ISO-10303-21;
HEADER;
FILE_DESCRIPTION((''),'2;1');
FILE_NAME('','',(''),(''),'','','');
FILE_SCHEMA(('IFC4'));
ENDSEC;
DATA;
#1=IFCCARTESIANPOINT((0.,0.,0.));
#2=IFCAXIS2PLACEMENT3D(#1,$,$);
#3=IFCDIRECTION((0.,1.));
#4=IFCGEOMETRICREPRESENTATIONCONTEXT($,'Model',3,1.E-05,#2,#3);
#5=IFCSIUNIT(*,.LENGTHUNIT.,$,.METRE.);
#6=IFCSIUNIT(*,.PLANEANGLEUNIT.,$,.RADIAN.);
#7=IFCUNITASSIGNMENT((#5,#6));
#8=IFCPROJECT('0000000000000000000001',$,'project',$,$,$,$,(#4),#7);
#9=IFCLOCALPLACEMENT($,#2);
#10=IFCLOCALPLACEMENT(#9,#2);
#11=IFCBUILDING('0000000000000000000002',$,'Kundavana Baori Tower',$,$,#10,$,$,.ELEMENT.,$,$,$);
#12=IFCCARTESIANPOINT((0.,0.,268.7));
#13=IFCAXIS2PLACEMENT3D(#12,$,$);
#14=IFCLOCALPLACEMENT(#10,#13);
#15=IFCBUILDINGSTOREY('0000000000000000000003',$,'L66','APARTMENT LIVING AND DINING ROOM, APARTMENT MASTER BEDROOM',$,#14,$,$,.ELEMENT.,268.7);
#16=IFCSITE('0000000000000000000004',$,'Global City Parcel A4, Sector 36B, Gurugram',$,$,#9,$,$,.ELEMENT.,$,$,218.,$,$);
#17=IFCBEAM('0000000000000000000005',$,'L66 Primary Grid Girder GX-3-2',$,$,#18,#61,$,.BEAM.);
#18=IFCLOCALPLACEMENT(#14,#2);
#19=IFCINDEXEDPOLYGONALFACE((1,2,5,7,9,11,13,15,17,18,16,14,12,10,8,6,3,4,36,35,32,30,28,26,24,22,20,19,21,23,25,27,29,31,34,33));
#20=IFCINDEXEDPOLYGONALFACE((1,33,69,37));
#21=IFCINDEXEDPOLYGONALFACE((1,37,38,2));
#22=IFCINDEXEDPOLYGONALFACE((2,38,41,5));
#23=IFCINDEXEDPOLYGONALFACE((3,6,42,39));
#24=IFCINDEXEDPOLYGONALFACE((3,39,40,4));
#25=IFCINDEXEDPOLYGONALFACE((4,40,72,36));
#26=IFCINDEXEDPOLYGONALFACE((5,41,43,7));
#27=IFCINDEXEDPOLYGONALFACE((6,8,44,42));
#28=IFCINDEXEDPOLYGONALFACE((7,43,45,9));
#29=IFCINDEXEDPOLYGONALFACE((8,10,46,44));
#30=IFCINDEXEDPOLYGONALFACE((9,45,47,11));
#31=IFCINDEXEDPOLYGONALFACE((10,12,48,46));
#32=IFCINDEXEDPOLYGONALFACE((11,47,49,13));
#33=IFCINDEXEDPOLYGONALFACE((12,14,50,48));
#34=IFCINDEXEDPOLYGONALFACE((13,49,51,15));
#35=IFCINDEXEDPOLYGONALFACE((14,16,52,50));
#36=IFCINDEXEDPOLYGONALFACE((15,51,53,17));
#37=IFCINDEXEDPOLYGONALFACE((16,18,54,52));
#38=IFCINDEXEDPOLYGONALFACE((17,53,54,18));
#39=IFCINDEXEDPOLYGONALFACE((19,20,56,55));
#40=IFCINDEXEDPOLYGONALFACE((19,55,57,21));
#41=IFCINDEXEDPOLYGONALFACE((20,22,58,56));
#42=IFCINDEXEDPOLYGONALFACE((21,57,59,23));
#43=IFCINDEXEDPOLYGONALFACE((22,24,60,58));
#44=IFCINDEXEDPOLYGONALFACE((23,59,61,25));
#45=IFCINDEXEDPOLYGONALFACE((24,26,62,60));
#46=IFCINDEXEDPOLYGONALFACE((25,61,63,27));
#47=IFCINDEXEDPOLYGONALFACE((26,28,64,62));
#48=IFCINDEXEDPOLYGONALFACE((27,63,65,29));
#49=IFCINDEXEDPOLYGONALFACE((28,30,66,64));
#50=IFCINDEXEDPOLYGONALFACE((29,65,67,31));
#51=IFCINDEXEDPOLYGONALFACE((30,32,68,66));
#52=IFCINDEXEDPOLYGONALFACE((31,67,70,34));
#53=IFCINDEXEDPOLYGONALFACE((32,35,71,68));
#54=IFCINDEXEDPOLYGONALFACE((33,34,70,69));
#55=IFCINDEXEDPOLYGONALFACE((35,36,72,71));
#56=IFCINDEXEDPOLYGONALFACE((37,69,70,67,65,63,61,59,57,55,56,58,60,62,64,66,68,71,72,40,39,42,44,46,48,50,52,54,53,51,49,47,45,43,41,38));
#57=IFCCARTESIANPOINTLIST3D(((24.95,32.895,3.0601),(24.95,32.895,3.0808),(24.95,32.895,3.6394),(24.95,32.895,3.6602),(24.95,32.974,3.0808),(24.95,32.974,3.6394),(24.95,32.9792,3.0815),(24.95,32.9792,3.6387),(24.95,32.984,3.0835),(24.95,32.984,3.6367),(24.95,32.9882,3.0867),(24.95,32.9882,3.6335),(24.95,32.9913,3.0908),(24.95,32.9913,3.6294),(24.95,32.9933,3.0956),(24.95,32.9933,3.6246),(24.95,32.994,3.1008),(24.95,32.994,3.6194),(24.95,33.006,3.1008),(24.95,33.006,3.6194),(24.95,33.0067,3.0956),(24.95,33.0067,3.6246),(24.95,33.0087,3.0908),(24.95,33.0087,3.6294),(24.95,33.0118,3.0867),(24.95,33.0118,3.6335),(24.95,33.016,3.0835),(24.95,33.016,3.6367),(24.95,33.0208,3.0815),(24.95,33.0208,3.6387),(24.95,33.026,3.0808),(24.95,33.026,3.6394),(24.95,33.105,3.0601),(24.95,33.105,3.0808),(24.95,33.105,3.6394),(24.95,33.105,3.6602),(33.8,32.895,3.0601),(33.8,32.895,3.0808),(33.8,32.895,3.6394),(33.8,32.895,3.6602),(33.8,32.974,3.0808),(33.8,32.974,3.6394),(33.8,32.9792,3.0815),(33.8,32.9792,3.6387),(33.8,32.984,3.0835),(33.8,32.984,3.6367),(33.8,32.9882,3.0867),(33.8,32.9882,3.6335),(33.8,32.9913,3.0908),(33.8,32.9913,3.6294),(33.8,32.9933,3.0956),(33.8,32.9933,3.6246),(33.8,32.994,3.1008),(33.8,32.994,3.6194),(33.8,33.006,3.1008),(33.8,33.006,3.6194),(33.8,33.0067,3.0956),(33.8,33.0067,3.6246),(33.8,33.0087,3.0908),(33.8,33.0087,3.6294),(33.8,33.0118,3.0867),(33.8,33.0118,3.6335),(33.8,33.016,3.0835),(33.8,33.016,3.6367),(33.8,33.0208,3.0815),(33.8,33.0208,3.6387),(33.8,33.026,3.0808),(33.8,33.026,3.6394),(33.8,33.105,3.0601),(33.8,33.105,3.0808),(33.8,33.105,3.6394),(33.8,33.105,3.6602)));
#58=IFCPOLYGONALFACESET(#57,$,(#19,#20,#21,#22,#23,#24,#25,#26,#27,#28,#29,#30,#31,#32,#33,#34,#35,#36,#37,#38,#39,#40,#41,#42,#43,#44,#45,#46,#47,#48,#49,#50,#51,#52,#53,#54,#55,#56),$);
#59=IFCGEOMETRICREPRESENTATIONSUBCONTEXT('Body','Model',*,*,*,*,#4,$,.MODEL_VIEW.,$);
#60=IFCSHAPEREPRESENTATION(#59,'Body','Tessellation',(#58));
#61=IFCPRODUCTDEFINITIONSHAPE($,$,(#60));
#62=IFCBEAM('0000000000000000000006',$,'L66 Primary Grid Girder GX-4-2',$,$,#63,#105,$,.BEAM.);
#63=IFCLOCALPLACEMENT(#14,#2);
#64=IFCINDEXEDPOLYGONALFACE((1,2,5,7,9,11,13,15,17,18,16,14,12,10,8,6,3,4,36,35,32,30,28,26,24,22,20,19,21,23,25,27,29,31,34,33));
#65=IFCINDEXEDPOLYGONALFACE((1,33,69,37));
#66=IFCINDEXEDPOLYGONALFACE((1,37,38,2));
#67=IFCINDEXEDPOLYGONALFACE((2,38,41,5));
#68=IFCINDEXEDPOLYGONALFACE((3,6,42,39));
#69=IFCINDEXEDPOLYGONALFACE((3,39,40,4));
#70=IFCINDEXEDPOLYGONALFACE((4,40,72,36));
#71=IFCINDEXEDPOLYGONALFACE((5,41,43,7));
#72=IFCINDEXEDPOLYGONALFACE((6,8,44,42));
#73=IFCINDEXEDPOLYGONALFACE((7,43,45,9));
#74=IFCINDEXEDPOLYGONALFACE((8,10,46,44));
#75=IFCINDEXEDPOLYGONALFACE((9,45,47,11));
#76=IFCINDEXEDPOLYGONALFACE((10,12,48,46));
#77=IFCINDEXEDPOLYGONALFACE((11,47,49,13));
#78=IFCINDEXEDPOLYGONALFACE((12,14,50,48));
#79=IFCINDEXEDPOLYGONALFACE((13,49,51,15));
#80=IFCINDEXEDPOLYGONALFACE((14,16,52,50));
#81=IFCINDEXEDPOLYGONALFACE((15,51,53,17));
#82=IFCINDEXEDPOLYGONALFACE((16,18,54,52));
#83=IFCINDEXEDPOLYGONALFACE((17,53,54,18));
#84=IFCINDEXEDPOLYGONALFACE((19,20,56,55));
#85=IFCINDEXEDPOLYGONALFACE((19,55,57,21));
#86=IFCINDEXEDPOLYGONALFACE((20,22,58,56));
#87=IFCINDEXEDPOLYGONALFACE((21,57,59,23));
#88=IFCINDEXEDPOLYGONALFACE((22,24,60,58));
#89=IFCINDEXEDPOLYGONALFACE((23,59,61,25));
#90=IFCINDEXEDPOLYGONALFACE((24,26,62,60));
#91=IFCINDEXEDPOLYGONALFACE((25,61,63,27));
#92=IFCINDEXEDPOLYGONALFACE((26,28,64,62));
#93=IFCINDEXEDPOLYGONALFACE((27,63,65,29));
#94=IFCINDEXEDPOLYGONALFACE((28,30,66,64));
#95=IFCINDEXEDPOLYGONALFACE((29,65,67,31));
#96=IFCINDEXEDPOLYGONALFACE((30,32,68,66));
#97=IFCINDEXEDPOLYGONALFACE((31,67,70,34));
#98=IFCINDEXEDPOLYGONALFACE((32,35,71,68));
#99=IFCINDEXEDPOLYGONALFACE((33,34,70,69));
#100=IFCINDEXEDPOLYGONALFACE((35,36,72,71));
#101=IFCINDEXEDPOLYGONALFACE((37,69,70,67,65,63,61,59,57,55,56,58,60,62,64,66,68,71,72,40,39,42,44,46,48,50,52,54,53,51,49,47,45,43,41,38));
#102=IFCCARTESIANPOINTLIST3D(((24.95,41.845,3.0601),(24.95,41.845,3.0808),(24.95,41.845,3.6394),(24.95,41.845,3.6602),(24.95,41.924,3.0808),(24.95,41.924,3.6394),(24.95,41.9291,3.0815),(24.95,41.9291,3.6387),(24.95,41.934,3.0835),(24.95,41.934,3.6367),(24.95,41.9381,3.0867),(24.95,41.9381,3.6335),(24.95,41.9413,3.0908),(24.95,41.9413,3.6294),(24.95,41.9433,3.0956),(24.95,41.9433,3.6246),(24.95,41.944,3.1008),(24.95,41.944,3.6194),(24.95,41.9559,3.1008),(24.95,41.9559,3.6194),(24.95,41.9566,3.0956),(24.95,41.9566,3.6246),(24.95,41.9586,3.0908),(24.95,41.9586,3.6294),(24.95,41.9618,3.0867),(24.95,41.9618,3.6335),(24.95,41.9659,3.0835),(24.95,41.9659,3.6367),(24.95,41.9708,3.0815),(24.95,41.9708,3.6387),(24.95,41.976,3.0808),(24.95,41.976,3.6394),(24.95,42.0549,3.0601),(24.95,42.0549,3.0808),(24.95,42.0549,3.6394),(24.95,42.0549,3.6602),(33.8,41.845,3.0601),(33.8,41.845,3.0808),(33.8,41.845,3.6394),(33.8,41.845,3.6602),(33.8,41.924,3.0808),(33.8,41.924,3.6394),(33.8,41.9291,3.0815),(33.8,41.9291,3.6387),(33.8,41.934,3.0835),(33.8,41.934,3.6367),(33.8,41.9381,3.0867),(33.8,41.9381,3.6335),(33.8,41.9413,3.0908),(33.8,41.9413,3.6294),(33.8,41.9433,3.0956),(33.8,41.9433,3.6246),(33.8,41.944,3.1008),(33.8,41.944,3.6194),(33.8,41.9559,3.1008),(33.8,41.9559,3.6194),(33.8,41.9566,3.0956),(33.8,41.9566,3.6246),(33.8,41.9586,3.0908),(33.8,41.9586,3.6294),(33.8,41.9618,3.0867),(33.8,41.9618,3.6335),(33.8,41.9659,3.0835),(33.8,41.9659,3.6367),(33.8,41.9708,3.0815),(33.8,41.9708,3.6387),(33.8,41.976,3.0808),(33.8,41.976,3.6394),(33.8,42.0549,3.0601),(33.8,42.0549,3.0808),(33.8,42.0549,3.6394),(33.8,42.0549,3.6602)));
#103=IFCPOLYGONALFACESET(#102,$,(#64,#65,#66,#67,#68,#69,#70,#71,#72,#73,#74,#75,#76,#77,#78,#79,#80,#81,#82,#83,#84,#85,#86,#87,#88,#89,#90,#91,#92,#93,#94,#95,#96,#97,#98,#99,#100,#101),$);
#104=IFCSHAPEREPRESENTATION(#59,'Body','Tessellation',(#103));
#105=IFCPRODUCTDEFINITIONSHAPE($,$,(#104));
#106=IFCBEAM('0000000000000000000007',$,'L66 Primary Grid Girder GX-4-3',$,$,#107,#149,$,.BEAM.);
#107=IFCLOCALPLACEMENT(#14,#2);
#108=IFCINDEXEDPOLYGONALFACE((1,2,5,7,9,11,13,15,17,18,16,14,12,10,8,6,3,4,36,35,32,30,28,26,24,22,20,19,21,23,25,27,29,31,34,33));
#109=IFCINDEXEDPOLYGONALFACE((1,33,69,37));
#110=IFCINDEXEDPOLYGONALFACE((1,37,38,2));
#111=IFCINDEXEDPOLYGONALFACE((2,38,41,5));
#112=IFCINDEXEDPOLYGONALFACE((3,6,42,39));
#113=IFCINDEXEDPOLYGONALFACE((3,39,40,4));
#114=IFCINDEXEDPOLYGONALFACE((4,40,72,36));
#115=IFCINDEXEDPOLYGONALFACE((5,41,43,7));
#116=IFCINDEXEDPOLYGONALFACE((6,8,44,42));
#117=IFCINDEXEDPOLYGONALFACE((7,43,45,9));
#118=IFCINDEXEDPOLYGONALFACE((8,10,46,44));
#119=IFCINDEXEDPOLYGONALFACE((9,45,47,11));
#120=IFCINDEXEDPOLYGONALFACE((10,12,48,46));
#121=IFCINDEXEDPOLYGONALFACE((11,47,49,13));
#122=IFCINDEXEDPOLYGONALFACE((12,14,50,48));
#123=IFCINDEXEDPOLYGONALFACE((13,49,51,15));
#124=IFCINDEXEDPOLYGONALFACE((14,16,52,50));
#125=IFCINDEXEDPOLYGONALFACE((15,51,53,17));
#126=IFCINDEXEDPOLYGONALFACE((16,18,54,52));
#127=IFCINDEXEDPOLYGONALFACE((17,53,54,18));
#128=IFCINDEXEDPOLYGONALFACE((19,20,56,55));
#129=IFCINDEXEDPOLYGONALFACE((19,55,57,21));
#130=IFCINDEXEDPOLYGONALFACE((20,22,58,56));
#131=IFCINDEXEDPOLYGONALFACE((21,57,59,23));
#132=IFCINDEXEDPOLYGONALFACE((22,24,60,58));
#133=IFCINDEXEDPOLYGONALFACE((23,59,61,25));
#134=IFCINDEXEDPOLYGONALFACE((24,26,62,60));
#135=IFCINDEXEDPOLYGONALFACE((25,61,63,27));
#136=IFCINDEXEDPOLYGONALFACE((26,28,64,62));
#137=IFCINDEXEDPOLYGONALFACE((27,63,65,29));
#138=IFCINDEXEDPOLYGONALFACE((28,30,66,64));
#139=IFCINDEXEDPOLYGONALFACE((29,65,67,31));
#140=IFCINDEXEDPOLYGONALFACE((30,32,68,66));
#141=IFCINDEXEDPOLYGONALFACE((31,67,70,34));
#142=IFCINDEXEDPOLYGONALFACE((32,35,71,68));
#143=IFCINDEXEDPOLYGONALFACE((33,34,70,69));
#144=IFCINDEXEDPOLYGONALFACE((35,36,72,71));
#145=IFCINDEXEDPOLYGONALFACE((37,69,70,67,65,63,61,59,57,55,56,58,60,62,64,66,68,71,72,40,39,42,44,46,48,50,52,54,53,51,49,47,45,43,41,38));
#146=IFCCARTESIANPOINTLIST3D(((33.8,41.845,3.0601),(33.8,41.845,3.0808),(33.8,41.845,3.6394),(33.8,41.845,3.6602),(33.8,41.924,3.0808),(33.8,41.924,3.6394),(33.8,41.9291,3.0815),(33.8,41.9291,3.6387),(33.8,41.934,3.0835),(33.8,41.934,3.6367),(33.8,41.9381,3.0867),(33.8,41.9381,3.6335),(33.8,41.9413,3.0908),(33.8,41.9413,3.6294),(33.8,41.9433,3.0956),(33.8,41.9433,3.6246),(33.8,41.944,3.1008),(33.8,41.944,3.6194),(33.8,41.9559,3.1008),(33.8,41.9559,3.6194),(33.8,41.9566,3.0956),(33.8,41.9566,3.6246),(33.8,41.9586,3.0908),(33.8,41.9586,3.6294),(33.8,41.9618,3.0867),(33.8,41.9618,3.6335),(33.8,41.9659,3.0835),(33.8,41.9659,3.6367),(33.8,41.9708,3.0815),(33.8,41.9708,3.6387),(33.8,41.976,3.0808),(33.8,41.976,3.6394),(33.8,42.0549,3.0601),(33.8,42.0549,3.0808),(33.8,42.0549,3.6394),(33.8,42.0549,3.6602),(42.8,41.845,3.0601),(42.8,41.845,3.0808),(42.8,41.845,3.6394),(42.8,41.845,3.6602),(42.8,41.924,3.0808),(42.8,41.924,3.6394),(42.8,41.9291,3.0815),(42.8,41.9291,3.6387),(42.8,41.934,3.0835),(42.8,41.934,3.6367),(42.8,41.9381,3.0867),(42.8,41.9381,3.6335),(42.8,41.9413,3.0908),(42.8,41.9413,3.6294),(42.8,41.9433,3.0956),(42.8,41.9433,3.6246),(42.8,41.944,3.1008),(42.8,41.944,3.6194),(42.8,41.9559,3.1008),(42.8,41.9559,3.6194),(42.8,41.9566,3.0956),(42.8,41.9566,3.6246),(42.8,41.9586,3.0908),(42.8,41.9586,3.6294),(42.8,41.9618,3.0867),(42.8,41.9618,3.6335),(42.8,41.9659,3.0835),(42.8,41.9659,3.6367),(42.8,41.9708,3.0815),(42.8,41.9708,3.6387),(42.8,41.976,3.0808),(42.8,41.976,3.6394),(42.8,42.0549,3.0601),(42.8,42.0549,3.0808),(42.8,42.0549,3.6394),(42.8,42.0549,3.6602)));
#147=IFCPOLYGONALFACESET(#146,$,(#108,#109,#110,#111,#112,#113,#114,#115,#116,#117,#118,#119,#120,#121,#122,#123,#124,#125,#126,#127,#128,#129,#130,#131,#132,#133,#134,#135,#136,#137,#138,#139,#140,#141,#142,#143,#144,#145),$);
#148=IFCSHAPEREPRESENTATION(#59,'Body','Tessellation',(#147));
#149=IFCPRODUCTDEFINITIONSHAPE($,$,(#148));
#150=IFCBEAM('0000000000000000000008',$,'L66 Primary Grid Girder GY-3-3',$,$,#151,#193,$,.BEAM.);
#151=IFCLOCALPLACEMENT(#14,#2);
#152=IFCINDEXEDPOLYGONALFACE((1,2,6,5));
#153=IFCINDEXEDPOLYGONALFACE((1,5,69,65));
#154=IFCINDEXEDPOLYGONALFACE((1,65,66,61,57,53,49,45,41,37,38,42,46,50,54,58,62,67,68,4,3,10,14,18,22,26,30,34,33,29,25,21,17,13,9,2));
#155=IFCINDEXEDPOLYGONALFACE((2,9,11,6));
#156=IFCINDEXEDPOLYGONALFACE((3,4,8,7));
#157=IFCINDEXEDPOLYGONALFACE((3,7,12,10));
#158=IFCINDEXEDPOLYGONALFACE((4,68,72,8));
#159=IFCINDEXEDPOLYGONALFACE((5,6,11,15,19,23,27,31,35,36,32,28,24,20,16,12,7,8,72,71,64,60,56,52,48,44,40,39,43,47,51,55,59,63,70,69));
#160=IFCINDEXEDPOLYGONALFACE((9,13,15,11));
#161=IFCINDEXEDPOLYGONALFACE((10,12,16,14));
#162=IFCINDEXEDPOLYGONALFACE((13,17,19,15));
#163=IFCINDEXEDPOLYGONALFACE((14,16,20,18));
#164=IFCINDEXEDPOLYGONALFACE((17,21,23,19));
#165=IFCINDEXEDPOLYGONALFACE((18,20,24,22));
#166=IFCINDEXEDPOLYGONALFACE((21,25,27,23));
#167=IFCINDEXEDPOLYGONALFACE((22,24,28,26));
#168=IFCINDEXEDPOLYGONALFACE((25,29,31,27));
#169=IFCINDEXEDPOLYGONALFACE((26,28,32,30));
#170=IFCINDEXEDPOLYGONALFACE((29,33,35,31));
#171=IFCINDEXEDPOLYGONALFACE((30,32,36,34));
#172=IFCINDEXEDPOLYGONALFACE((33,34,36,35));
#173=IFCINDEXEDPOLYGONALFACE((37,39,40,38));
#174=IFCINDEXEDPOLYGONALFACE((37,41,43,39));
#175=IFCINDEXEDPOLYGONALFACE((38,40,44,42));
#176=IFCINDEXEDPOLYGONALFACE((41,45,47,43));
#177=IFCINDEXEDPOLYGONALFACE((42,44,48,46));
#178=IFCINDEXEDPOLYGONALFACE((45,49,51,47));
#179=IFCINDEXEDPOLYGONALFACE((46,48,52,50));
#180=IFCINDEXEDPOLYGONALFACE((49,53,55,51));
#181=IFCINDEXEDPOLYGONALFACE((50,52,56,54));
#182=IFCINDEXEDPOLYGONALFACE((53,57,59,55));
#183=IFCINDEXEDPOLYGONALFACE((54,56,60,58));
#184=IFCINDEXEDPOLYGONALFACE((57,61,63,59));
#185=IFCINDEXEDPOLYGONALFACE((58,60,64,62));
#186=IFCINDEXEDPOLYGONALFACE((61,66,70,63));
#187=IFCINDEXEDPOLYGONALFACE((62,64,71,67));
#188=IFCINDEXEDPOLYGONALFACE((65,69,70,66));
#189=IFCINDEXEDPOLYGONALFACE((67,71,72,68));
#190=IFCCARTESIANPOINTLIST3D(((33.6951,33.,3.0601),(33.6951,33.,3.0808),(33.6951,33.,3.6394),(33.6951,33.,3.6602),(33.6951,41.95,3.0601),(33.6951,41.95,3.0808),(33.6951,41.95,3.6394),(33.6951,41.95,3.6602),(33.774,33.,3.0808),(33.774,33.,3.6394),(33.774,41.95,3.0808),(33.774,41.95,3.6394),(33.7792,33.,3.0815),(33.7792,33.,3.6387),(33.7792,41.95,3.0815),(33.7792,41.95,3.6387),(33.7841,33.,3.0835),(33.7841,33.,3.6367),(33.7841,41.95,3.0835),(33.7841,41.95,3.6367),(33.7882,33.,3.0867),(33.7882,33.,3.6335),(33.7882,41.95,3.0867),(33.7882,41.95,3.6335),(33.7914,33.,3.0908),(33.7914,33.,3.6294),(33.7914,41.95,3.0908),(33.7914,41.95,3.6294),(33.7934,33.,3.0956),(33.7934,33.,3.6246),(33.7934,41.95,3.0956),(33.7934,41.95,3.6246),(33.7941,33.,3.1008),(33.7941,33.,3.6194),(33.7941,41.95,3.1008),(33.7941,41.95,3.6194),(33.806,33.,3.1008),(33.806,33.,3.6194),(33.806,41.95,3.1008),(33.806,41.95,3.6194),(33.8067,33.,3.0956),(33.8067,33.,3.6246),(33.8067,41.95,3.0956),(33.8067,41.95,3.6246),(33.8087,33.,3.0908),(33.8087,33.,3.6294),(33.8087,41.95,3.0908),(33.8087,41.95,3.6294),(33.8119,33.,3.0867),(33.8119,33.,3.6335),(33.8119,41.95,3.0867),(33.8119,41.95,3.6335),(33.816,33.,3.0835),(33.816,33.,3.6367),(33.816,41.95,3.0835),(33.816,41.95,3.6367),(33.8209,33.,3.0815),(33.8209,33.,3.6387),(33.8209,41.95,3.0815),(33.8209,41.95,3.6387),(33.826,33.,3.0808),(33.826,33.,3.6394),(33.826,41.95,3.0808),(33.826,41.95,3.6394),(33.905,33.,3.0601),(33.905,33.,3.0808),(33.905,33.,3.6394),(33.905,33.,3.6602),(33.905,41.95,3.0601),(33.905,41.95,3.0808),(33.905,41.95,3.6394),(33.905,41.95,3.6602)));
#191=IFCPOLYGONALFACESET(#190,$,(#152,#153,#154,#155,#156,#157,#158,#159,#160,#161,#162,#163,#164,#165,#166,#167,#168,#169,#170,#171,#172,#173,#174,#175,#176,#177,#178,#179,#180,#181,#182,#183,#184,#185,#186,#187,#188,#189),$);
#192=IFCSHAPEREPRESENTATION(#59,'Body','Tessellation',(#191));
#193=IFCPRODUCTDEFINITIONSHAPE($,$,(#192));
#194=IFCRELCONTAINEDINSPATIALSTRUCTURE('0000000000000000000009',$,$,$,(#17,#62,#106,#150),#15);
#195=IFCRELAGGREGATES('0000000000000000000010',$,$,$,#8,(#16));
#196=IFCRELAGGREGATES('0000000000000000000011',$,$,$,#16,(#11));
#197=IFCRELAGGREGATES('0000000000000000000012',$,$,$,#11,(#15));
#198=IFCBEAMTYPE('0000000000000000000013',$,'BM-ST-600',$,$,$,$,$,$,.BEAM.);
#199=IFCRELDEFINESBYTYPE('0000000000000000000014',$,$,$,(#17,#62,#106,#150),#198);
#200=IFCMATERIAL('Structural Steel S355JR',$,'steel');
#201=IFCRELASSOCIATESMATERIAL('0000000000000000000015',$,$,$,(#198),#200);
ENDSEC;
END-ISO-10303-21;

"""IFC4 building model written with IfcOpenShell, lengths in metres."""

from ifc_helpers import new_model, si_unit, direction, frame, origin, origin_2d, place, context, subcontext, project, spatial, i_section, extrude, material, material_profile, profile_set, type_object, element, save


model = new_model("IFC4")

# Units and contexts
model_context = context("Model", 3, precision=1e-05, world=origin(), true_north=direction((0.0, 1.0)))
body_context = subcontext(model_context, "Body", "Model", "MODEL_VIEW")
ifc_project = project(units=[si_unit("LENGTHUNIT", "METRE"), si_unit("PLANEANGLEUNIT", "RADIAN")], contexts=[model_context])

# Site, building, storey
site_placement = place(None, origin())
site = spatial("IfcSite", under=ifc_project, at=site_placement, Name="Global City Parcel A4, Sector 36B, Gurugram", CompositionType="ELEMENT", RefElevation=218.0)
building_placement = place(site_placement, origin())
building = spatial("IfcBuilding", under=site, at=building_placement, Name="Kundavana Baori Tower", CompositionType="ELEMENT")
storey_placement = place(building_placement, frame((0.0, 0.0, 268.7)))
storey = spatial("IfcBuildingStorey", under=building, at=storey_placement, Name="L66", Description="APARTMENT LIVING AND DINING ROOM, APARTMENT MASTER BEDROOM", CompositionType="ELEMENT", Elevation=268.7)

# Beams
ifc_material_1 = material(Name="Structural Steel S355JR", Category="steel")
ifc_material_profile_1 = material_profile(ifc_material_1, i_section(OverallWidth=0.21, OverallDepth=0.6001, WebThickness=0.012, FlangeThickness=0.0208, FilletRadius=0.02, at=origin_2d()), Name="ISMB 600")
ifc_profile_set_1 = profile_set([ifc_material_profile_1], Name="Structural Steel S355JR")
beam_type_1 = type_object("IfcBeamType", Name="BM-ST-600", PredefinedType="BEAM", material=ifc_profile_set_1)
for number, where, z_axis, x_axis, name in (
    (1, (24.95, 33.0, 3.3601), (1.0, 0.0, 0.0), (0.0, 1.0, 0.0), "L66 Primary Grid Girder GX-3-2"),
    (2, (24.95, 41.95, 3.3601), (1.0, 0.0, 0.0), (0.0, 1.0, 0.0), "L66 Primary Grid Girder GX-4-2"),
):
    element("IfcBeam", number, at=place(storey_placement, frame(where, z_axis=z_axis, x_axis=x_axis)), inside=storey, type_object=beam_type_1, Name=name, PredefinedType="BEAM", context=body_context, shape_type="SweptSolid", body=[
        extrude(i_section(OverallWidth=0.21, OverallDepth=0.6001, WebThickness=0.012, FlangeThickness=0.0208, FilletRadius=0.02, at=origin_2d()), origin(), (0.0, 0.0, 1.0), 8.8501),
    ])
beam_1_placement = place(storey_placement, frame((33.8, 41.95, 3.3601), z_axis=(1.0, 0.0, 0.0), x_axis=(0.0, 1.0, 0.0)))
element("IfcBeam", 3, at=beam_1_placement, inside=storey, type_object=beam_type_1, Name="L66 Primary Grid Girder GX-4-3", PredefinedType="BEAM", context=body_context, shape_type="SweptSolid", body=[
    extrude(i_section(OverallWidth=0.21, OverallDepth=0.6001, WebThickness=0.012, FlangeThickness=0.0208, FilletRadius=0.02, at=origin_2d()), origin(), (0.0, 0.0, 1.0), 9.0),
])
beam_2_placement = place(storey_placement, frame((33.8, 33.0, 3.3601), z_axis=(0.0, 1.0, 0.0), x_axis=(-1.0, 0.0, 0.0)))
element("IfcBeam", 4, at=beam_2_placement, inside=storey, type_object=beam_type_1, Name="L66 Primary Grid Girder GY-3-3", PredefinedType="BEAM", context=body_context, shape_type="SweptSolid", body=[
    extrude(i_section(OverallWidth=0.21, OverallDepth=0.6001, WebThickness=0.012, FlangeThickness=0.0208, FilletRadius=0.02, at=origin_2d()), origin(), (0.0, 0.0, 1.0), 8.95),
])

save(model, "model.ifc")
